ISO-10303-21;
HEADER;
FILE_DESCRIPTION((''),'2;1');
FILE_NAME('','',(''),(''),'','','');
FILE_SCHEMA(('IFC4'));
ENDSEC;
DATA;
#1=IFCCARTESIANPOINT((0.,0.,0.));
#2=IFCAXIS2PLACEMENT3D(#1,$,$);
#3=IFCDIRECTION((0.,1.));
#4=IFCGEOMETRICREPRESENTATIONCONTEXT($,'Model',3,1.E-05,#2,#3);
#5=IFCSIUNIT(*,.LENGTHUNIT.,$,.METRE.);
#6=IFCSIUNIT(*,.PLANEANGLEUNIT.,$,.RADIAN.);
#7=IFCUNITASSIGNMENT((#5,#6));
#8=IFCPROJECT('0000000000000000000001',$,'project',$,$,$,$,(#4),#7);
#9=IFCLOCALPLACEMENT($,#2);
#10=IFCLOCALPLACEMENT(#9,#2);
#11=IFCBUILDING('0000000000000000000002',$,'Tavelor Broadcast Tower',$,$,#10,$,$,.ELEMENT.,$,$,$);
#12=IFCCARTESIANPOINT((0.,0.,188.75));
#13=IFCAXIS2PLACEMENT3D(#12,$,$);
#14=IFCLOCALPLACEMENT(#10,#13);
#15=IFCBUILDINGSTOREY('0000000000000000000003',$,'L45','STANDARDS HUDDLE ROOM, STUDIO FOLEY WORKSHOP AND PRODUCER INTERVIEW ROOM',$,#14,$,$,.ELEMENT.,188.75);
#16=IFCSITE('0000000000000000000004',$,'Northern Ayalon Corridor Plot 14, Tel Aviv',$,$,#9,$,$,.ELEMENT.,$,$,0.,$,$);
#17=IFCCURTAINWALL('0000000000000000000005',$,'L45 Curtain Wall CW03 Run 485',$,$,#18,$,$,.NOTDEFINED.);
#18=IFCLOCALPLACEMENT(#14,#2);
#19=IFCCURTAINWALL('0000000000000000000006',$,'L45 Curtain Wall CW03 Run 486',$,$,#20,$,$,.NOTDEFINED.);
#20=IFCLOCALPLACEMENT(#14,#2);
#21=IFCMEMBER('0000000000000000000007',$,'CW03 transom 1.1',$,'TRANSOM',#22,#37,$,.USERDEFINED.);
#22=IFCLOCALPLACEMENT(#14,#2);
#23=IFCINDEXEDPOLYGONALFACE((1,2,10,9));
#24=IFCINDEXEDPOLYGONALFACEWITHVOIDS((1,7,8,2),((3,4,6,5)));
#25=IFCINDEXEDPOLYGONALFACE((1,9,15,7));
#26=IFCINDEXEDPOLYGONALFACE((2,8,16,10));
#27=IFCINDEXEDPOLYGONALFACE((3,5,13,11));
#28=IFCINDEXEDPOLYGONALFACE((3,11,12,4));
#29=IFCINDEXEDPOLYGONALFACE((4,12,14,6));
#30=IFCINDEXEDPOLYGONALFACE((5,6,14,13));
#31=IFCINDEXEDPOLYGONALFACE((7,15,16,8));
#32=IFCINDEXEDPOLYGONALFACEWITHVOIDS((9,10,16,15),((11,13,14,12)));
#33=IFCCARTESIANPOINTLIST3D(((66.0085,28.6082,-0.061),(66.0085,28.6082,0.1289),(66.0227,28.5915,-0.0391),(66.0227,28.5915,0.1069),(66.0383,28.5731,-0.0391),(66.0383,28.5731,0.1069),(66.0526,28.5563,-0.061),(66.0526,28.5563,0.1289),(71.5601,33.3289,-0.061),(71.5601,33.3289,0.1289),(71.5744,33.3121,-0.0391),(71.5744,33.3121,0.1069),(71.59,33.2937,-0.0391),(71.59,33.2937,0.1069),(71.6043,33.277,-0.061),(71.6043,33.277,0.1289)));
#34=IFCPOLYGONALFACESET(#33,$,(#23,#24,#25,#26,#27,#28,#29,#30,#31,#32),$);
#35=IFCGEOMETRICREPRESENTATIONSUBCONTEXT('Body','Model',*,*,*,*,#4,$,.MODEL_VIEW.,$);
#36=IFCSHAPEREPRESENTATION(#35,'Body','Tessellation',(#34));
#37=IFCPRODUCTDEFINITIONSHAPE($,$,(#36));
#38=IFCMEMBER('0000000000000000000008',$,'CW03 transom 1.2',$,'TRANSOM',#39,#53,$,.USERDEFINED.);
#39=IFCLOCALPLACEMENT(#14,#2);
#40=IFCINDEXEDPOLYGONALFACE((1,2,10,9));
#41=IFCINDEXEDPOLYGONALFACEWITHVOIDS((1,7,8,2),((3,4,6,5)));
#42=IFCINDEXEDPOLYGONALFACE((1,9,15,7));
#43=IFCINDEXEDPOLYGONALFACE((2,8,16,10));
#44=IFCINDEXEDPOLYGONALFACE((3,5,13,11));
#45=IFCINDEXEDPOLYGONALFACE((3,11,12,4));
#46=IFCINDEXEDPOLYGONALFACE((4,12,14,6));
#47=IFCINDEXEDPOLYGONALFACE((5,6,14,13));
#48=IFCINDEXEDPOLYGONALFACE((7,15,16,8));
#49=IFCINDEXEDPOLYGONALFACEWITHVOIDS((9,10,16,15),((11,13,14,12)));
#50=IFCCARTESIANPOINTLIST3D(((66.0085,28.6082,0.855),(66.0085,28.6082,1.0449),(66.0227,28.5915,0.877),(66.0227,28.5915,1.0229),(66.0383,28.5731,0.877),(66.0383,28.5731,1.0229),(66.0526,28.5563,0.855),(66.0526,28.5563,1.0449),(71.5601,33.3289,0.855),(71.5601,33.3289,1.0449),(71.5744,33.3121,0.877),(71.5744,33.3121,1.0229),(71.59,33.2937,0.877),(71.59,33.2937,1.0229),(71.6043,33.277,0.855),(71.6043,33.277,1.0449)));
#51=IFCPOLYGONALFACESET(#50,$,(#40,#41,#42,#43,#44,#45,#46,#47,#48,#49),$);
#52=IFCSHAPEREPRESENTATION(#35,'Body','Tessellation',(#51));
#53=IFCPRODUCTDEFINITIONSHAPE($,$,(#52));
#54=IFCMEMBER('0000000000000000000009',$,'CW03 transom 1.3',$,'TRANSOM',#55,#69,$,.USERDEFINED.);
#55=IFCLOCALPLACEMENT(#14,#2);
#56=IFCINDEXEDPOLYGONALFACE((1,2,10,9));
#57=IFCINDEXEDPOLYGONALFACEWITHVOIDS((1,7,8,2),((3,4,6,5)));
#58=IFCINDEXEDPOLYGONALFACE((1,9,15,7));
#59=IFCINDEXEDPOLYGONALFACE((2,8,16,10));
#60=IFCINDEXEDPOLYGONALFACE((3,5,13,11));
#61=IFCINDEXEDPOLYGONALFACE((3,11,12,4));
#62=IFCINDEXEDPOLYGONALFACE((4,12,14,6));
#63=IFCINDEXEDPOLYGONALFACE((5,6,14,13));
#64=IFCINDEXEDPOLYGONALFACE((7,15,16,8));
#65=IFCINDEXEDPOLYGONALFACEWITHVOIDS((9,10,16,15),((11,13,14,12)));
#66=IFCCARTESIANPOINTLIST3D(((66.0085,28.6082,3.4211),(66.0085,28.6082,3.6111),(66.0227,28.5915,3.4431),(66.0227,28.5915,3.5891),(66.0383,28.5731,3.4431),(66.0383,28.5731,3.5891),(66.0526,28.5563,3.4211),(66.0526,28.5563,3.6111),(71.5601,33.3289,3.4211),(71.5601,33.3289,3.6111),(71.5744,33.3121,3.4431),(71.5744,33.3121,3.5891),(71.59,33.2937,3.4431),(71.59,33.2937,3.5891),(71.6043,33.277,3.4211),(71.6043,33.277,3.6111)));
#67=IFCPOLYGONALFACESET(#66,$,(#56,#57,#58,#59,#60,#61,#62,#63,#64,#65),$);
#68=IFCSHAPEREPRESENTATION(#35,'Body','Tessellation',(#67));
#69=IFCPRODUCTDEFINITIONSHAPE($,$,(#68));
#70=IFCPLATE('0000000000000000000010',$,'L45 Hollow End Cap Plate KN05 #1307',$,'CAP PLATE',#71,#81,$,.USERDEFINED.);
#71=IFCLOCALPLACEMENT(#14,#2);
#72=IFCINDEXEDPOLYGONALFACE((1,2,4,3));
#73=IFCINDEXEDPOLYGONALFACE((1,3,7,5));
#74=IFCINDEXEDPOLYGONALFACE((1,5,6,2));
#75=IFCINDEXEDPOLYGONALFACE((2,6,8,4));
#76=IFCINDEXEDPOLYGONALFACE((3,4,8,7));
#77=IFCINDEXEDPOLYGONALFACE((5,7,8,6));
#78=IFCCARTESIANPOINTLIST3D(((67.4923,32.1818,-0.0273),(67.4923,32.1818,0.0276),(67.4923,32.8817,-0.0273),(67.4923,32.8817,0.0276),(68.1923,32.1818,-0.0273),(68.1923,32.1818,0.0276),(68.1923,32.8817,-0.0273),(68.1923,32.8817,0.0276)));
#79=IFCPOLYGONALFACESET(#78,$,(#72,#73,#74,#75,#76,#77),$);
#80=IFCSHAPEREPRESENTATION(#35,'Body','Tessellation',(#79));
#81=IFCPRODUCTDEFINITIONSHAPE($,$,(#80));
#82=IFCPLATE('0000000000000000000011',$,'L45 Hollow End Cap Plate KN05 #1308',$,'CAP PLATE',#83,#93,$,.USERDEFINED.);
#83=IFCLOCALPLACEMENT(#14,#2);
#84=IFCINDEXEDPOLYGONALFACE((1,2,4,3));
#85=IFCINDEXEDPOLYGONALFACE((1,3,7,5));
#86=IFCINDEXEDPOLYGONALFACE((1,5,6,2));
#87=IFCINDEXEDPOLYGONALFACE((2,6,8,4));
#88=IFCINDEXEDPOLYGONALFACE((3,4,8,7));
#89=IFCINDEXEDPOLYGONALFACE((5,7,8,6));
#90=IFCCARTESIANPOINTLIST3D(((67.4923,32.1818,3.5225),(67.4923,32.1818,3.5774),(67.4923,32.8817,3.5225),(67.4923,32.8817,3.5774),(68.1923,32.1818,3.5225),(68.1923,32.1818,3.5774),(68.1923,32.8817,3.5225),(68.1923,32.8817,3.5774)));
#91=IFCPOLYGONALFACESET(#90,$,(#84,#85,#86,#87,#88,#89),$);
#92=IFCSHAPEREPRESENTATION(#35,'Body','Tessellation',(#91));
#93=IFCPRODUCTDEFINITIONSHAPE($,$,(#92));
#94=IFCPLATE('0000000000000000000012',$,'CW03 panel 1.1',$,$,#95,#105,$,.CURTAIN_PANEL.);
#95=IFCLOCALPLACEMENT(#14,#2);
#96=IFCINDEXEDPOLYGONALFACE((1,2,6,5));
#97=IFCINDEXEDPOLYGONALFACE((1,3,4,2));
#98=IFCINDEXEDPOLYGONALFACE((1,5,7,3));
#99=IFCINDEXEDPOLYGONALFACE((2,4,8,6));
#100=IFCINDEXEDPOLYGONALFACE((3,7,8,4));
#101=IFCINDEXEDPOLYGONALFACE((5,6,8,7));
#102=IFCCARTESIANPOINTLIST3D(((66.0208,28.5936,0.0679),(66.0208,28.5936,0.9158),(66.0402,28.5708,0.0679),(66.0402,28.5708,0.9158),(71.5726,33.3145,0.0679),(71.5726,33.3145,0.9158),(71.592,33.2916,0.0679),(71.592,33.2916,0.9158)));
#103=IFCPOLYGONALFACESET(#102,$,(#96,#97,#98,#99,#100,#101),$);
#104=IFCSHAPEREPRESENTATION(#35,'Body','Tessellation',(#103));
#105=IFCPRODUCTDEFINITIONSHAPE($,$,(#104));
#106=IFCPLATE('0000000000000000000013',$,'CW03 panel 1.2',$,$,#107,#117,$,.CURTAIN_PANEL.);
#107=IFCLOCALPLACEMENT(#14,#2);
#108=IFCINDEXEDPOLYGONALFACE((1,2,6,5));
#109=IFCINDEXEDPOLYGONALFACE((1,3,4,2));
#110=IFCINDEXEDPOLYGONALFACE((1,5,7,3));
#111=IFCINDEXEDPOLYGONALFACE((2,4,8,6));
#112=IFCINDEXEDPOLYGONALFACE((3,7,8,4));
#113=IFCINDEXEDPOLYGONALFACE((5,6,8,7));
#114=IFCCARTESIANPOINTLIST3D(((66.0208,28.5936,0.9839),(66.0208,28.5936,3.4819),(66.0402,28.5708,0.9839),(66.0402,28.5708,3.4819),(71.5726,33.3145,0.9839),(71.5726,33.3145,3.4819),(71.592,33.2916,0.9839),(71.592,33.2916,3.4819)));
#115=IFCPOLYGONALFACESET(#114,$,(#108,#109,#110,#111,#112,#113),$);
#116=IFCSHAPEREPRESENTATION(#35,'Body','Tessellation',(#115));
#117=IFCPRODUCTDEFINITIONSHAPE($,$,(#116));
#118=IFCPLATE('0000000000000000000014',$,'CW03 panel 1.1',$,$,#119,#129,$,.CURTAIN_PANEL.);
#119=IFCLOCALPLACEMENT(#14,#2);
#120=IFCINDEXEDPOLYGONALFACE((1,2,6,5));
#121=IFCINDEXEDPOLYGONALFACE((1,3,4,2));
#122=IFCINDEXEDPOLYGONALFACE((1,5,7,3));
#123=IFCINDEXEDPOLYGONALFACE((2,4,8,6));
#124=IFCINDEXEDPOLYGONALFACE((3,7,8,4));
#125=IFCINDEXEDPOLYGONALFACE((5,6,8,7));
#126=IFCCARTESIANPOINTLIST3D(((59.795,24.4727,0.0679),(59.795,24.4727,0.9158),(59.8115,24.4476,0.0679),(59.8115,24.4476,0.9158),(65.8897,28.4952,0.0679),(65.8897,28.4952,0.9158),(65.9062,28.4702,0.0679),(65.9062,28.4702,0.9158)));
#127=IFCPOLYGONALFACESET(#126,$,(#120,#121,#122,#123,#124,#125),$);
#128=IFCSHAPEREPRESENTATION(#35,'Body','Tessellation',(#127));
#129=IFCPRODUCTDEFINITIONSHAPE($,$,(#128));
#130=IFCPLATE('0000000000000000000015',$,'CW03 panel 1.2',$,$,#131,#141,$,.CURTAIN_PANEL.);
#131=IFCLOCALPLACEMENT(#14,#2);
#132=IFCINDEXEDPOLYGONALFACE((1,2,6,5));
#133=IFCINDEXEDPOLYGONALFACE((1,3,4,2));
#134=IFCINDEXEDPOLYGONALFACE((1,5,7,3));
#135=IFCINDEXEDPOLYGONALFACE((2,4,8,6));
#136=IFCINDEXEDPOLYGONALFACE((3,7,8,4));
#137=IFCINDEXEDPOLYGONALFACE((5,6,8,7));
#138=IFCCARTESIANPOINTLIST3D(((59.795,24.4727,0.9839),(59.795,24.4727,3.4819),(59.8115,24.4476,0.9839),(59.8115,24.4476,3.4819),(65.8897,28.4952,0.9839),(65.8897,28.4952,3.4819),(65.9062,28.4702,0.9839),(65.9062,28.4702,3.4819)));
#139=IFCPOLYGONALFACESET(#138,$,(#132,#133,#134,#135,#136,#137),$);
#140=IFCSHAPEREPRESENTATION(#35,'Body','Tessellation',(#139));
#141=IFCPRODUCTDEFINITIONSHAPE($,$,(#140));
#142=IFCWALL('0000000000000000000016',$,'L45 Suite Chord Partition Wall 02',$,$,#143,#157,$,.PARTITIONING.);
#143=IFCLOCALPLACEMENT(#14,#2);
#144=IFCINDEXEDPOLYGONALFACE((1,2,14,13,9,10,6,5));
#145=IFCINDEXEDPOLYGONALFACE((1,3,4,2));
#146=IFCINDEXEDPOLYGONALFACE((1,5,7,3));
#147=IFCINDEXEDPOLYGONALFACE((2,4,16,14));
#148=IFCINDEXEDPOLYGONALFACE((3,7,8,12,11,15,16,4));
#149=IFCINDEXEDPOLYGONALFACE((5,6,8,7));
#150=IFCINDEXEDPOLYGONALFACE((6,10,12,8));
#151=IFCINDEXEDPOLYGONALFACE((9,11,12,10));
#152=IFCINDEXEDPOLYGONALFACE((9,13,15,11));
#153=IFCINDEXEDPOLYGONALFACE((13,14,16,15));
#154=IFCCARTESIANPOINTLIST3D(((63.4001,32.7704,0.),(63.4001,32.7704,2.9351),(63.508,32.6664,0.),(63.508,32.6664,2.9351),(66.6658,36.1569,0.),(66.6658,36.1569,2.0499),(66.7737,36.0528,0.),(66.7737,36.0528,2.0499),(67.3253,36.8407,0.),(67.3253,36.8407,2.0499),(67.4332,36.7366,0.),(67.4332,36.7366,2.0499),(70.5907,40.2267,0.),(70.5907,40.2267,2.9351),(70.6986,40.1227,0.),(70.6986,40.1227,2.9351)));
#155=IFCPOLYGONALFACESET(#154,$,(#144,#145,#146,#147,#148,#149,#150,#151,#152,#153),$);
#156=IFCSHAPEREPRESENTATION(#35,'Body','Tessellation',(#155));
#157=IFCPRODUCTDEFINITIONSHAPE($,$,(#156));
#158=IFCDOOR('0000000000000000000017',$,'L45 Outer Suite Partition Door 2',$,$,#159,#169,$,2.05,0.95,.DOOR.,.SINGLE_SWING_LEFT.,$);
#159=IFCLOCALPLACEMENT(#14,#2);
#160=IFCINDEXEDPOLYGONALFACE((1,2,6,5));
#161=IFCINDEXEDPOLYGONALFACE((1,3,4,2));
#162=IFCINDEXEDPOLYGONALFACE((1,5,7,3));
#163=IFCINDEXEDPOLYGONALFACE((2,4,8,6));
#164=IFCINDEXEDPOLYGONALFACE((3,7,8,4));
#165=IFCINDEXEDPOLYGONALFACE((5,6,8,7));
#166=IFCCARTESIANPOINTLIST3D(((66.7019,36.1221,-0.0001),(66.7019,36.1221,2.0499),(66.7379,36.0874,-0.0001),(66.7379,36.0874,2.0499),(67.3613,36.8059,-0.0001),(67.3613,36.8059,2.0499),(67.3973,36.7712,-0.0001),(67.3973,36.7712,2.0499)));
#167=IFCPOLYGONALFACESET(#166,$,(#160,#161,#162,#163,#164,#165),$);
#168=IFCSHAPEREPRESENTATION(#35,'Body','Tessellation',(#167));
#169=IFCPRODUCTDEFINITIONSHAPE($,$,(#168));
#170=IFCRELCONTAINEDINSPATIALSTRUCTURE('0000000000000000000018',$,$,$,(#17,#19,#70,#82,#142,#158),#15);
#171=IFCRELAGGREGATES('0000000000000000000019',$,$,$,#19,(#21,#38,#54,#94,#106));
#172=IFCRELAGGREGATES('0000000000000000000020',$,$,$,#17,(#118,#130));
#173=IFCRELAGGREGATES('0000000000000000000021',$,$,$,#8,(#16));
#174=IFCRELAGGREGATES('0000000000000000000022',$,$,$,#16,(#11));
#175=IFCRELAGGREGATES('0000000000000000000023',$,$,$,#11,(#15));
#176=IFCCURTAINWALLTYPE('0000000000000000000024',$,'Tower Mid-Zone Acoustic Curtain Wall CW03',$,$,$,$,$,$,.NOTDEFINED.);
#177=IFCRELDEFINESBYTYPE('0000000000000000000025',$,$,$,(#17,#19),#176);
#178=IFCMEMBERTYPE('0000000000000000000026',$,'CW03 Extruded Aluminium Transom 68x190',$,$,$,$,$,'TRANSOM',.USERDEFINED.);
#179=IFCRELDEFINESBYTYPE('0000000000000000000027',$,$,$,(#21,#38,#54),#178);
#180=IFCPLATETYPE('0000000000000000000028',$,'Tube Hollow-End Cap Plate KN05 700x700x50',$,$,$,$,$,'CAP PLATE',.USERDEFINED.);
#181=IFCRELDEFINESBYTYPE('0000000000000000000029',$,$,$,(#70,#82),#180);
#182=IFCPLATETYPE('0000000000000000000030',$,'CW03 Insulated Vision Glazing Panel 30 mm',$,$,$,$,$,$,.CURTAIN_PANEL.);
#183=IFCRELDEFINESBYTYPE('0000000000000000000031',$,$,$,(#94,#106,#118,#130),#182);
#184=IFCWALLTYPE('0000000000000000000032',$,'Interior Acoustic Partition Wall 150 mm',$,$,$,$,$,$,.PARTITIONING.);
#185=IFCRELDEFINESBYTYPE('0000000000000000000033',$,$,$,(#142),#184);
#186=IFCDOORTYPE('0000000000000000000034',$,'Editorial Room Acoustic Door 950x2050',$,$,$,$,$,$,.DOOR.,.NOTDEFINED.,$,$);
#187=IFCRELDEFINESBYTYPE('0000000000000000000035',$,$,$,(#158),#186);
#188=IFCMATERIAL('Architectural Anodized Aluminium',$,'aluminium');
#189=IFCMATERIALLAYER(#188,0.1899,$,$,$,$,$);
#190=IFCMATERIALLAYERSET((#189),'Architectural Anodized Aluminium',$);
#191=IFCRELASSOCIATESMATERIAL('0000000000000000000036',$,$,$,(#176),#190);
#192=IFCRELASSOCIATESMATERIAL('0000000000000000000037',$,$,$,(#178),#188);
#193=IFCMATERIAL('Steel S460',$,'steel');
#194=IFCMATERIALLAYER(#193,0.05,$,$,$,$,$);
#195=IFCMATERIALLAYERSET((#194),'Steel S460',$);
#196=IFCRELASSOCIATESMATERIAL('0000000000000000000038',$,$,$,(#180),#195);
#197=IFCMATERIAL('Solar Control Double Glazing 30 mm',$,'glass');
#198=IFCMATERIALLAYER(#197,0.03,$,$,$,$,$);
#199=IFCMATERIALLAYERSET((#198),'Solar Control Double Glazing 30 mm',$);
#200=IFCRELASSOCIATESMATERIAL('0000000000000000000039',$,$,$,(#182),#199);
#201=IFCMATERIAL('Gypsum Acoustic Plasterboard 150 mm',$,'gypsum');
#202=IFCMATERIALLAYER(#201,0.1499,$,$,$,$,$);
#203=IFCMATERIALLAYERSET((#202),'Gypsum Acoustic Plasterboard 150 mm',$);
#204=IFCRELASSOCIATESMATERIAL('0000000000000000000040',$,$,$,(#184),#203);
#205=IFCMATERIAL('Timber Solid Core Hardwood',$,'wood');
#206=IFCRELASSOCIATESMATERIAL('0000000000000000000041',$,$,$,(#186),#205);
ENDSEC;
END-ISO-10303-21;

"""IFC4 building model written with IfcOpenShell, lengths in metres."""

from ifc_helpers import new_model, si_unit, direction, frame, frame_2d, origin, origin_2d, place, context, subcontext, project, spatial, rectangle, hollow_rectangle, extrude, source, transform, mapped, material, layer, layer_set, material_profile, profile_set, type_object, type_shapes, element, fill, aggregate, save


model = new_model("IFC4")

# Units and contexts
model_context = context("Model", 3, precision=1e-05, world=origin(), true_north=direction((0.0, 1.0)))
body_context = subcontext(model_context, "Body", "Model", "MODEL_VIEW")
ifc_project = project(units=[si_unit("LENGTHUNIT", "METRE"), si_unit("PLANEANGLEUNIT", "RADIAN")], contexts=[model_context])

# Site, building, storey
site_placement = place(None, origin())
site = spatial("IfcSite", under=ifc_project, at=site_placement, Name="Northern Ayalon Corridor Plot 14, Tel Aviv", CompositionType="ELEMENT", RefElevation=0.0)
building_placement = place(site_placement, origin())
building = spatial("IfcBuilding", under=site, at=building_placement, Name="Tavelor Broadcast Tower", CompositionType="ELEMENT")
storey_placement = place(building_placement, frame((0.0, 0.0, 188.75)))
storey = spatial("IfcBuildingStorey", under=building, at=storey_placement, Name="L45", Description="STANDARDS HUDDLE ROOM, STUDIO FOLEY WORKSHOP AND PRODUCER INTERVIEW ROOM", CompositionType="ELEMENT", Elevation=188.75)

# Shared definitions
ifc_material_1 = material(Name="Steel S460", Category="steel")

# Curtain wall
ifc_material_2 = material(Name="Architectural Anodized Aluminium", Category="aluminium")
ifc_layer_1 = layer(ifc_material_2, 0.1899)
ifc_layer_set_1 = layer_set([ifc_layer_1], Name="Architectural Anodized Aluminium")
curtain_wall_type = type_object("IfcCurtainWallType", Name="Tower Mid-Zone Acoustic Curtain Wall CW03", PredefinedType="NOTDEFINED", material=ifc_layer_set_1)
curtain_wall_1_placement = place(storey_placement, origin())
curtain_wall_1 = element("IfcCurtainWall", 1, at=curtain_wall_1_placement, inside=storey, type_object=curtain_wall_type, Name="L45 Curtain Wall CW03 Run 485", PredefinedType="NOTDEFINED")

# Curtain wall
curtain_wall_2_placement = place(storey_placement, origin())
curtain_wall_2 = element("IfcCurtainWall", 2, at=curtain_wall_2_placement, inside=storey, type_object=curtain_wall_type, Name="L45 Curtain Wall CW03 Run 486", PredefinedType="NOTDEFINED")
ifc_material_profile_1 = material_profile(ifc_material_2, hollow_rectangle(XDim=0.0681, YDim=0.1899, WallThickness=0.022, at=origin_2d()), Name="RHS 68x190x22")
ifc_profile_set_1 = profile_set([ifc_material_profile_1], Name="Architectural Anodized Aluminium")
member_type_1 = type_object("IfcMemberType", Name="CW03 Extruded Aluminium Transom 68x190", ElementType="TRANSOM", PredefinedType="USERDEFINED", material=ifc_profile_set_1)

# Members
shared_shape_1 = source(origin(), body_context, "Body", "SweptSolid", [
    extrude(hollow_rectangle(XDim=0.0681, YDim=0.1899, WallThickness=0.022, at=origin_2d()), origin(), (0.0, 0.0, 1.0), 7.2874),
])
member_1_placement = place(storey_placement, frame((66.0305, 28.5823, 0.0339), z_axis=(0.761824, 0.647785, 0.0), x_axis=(-0.647785, 0.761824, 0.0)))
member_1 = element("IfcMember", 3, at=member_1_placement, type_object=member_type_1, Name="CW03 transom 1.1", ObjectType="TRANSOM", PredefinedType="USERDEFINED", context=body_context, shape_type="MappedRepresentation", body=[
    mapped(shared_shape_1, transform((0.0, 0.0, 0.0), scale=1.0)),
])
member_2_placement = place(storey_placement, frame((66.0305, 28.5823, 0.95), z_axis=(0.761824, 0.647785, 0.0), x_axis=(-0.647785, 0.761824, 0.0)))
member_2 = element("IfcMember", 4, at=member_2_placement, type_object=member_type_1, Name="CW03 transom 1.2", ObjectType="TRANSOM", PredefinedType="USERDEFINED", context=body_context, shape_type="MappedRepresentation", body=[
    mapped(shared_shape_1, transform((0.0, 0.0, 0.0), scale=1.0)),
])
member_3_placement = place(storey_placement, frame((66.0305, 28.5823, 3.5161), z_axis=(0.761824, 0.647785, 0.0), x_axis=(-0.647785, 0.761824, 0.0)))
member_3 = element("IfcMember", 5, at=member_3_placement, type_object=member_type_1, Name="CW03 transom 1.3", ObjectType="TRANSOM", PredefinedType="USERDEFINED", context=body_context, shape_type="MappedRepresentation", body=[
    mapped(shared_shape_1, transform((0.0, 0.0, 0.0), scale=1.0)),
])

# Plates
ifc_layer_2 = layer(ifc_material_1, 0.05)
ifc_layer_set_2 = layer_set([ifc_layer_2], Name="Steel S460")
plate_type_1 = type_object("IfcPlateType", Name="Tube Hollow-End Cap Plate KN05 700x700x50", ElementType="CAP PLATE", PredefinedType="USERDEFINED", material=ifc_layer_set_2)
shared_shape_2 = source(origin(), body_context, "Body", "SweptSolid", [
    extrude(rectangle(XDim=0.7, YDim=0.7, at=origin_2d()), origin(), (0.0, 0.0, 1.0), 0.0549),
])
type_shapes(plate_type_1, [shared_shape_2])
for number, where, z_axis, x_axis, name in (
    (6, (67.8423, 32.5317, -0.0273), (0.0, 0.0, 1.0), (1.0, 0.0, 0.0), "L45 Hollow End Cap Plate KN05 #1307"),
    (7, (67.8423, 32.5317, 3.5225), (0.0, 0.0, 1.0), (1.0, 0.0, 0.0), "L45 Hollow End Cap Plate KN05 #1308"),
):
    element("IfcPlate", number, at=place(storey_placement, frame(where, z_axis=z_axis, x_axis=x_axis)), inside=storey, type_object=plate_type_1, Name=name, ObjectType="CAP PLATE", PredefinedType="USERDEFINED", context=body_context, shape_type="MappedRepresentation", body=[
        mapped(shared_shape_2, transform((0.0, 0.0, 0.0), scale=1.0)),
    ])

# Plates
ifc_material_3 = material(Name="Solar Control Double Glazing 30 mm", Category="glass")
ifc_layer_3 = layer(ifc_material_3, 0.03)
ifc_layer_set_3 = layer_set([ifc_layer_3], Name="Solar Control Double Glazing 30 mm")
plate_type_2 = type_object("IfcPlateType", Name="CW03 Insulated Vision Glazing Panel 30 mm", PredefinedType="CURTAIN_PANEL", material=ifc_layer_set_3)
shared_shape_3 = source(origin(), body_context, "Body", "SweptSolid", [
    extrude(rectangle(XDim=7.2876, YDim=0.03, at=origin_2d()), origin(), (0.0, 0.0, 1.0), 0.8479),
])
plate_1_placement = place(storey_placement, frame((68.8064, 30.9426, 0.0679), z_axis=(0.0, 0.0, 1.0), x_axis=(0.761819, 0.64779, 0.0)))
plate_1 = element("IfcPlate", 8, at=plate_1_placement, type_object=plate_type_2, Name="CW03 panel 1.1", PredefinedType="CURTAIN_PANEL", context=body_context, shape_type="MappedRepresentation", body=[
    mapped(shared_shape_3, transform((0.0, 0.0, 0.0), scale=1.0)),
])
shared_shape_4 = source(origin(), body_context, "Body", "SweptSolid", [
    extrude(rectangle(XDim=7.2876, YDim=0.03, at=origin_2d()), origin(), (0.0, 0.0, 1.0), 2.498),
])
plate_2_placement = place(storey_placement, frame((68.8064, 30.9426, 0.9839), z_axis=(0.0, 0.0, 1.0), x_axis=(0.761819, 0.64779, 0.0)))
plate_2 = element("IfcPlate", 9, at=plate_2_placement, type_object=plate_type_2, Name="CW03 panel 1.2", PredefinedType="CURTAIN_PANEL", context=body_context, shape_type="MappedRepresentation", body=[
    mapped(shared_shape_4, transform((0.0, 0.0, 0.0), scale=1.0)),
])
aggregate(curtain_wall_2, [member_1, member_2, member_3, plate_1, plate_2])
shared_shape_5 = source(origin(), body_context, "Body", "SweptSolid", [
    extrude(rectangle(XDim=7.3025, YDim=0.03, at=origin_2d()), origin(), (0.0, 0.0, 1.0), 0.8479),
])
plate_3_placement = place(storey_placement, frame((62.8506, 26.4714, 0.0679), z_axis=(0.0, 0.0, 1.0), x_axis=(0.834608, 0.550844, 0.0)))
plate_3 = element("IfcPlate", 10, at=plate_3_placement, type_object=plate_type_2, Name="CW03 panel 1.1", PredefinedType="CURTAIN_PANEL", context=body_context, shape_type="MappedRepresentation", body=[
    mapped(shared_shape_5, transform((0.0, 0.0, 0.0), scale=1.0)),
])
shared_shape_6 = source(origin(), body_context, "Body", "SweptSolid", [
    extrude(rectangle(XDim=7.3025, YDim=0.03, at=origin_2d()), origin(), (0.0, 0.0, 1.0), 2.498),
])
type_shapes(plate_type_2, [shared_shape_3, shared_shape_4, shared_shape_5, shared_shape_6])
plate_4_placement = place(storey_placement, frame((62.8506, 26.4714, 0.9839), z_axis=(0.0, 0.0, 1.0), x_axis=(0.834608, 0.550844, 0.0)))
plate_4 = element("IfcPlate", 11, at=plate_4_placement, type_object=plate_type_2, Name="CW03 panel 1.2", PredefinedType="CURTAIN_PANEL", context=body_context, shape_type="MappedRepresentation", body=[
    mapped(shared_shape_6, transform((0.0, 0.0, 0.0), scale=1.0)),
])
aggregate(curtain_wall_1, [plate_3, plate_4])

# Wall, opening, door
ifc_material_4 = material(Name="Gypsum Acoustic Plasterboard 150 mm", Category="gypsum")
ifc_layer_4 = layer(ifc_material_4, 0.1499)
ifc_layer_set_4 = layer_set([ifc_layer_4], Name="Gypsum Acoustic Plasterboard 150 mm")
wall_type = type_object("IfcWallType", Name="Interior Acoustic Partition Wall 150 mm", PredefinedType="PARTITIONING", material=ifc_layer_set_4)
wall_placement = place(storey_placement, frame((63.4541, 32.7185, 0.0), z_axis=(0.0, 0.0, 1.0), x_axis=(0.694169, 0.719812, 0.0)))
wall = element("IfcWall", 12, at=wall_placement, inside=storey, type_object=wall_type, Name="L45 Suite Chord Partition Wall 02", PredefinedType="PARTITIONING", context=body_context, shape_type="SweptSolid", body=[
    extrude(rectangle(XDim=10.3586, YDim=0.1499, at=frame_2d((5.1792, 0.0))), origin(), (0.0, 0.0, 1.0), 2.9351),
])
opening_placement = place(wall_placement, frame((4.7043, 0.0, 0.0)))
opening = element("IfcOpeningElement", 13, at=opening_placement, cuts=wall, PredefinedType="OPENING", context=body_context, shape_type="SweptSolid", body=[
    extrude(rectangle(XDim=0.95, YDim=2.05, at=frame_2d((0.4751, 1.0249))), frame((0.0, 0.085, 0.0), z_axis=(0.0, -1.0, 0.0), x_axis=(1.0, 0.0, 0.0)), (0.0, 0.0, 1.0), 0.1699),
])
ifc_material_5 = material(Name="Timber Solid Core Hardwood", Category="wood")
door_type = type_object("IfcDoorType", Name="Editorial Room Acoustic Door 950x2050", OperationType="NOTDEFINED", PredefinedType="DOOR", material=ifc_material_5)
door_placement = place(opening_placement, origin())
door = element("IfcDoor", 14, at=door_placement, inside=storey, type_object=door_type, Name="L45 Outer Suite Partition Door 2", OperationType="SINGLE_SWING_LEFT", OverallHeight=2.05, OverallWidth=0.95, PredefinedType="DOOR", context=body_context, shape_type="SweptSolid", body=[
    extrude(rectangle(XDim=0.95, YDim=2.05, at=frame_2d((0.4751, 1.0249))), frame((0.0, 0.0249, 0.0), z_axis=(0.0, -1.0, 0.0), x_axis=(1.0, 0.0, 0.0)), (0.0, 0.0, 1.0), 0.05),
])
fill(opening, door)

save(model, "model.ifc")
